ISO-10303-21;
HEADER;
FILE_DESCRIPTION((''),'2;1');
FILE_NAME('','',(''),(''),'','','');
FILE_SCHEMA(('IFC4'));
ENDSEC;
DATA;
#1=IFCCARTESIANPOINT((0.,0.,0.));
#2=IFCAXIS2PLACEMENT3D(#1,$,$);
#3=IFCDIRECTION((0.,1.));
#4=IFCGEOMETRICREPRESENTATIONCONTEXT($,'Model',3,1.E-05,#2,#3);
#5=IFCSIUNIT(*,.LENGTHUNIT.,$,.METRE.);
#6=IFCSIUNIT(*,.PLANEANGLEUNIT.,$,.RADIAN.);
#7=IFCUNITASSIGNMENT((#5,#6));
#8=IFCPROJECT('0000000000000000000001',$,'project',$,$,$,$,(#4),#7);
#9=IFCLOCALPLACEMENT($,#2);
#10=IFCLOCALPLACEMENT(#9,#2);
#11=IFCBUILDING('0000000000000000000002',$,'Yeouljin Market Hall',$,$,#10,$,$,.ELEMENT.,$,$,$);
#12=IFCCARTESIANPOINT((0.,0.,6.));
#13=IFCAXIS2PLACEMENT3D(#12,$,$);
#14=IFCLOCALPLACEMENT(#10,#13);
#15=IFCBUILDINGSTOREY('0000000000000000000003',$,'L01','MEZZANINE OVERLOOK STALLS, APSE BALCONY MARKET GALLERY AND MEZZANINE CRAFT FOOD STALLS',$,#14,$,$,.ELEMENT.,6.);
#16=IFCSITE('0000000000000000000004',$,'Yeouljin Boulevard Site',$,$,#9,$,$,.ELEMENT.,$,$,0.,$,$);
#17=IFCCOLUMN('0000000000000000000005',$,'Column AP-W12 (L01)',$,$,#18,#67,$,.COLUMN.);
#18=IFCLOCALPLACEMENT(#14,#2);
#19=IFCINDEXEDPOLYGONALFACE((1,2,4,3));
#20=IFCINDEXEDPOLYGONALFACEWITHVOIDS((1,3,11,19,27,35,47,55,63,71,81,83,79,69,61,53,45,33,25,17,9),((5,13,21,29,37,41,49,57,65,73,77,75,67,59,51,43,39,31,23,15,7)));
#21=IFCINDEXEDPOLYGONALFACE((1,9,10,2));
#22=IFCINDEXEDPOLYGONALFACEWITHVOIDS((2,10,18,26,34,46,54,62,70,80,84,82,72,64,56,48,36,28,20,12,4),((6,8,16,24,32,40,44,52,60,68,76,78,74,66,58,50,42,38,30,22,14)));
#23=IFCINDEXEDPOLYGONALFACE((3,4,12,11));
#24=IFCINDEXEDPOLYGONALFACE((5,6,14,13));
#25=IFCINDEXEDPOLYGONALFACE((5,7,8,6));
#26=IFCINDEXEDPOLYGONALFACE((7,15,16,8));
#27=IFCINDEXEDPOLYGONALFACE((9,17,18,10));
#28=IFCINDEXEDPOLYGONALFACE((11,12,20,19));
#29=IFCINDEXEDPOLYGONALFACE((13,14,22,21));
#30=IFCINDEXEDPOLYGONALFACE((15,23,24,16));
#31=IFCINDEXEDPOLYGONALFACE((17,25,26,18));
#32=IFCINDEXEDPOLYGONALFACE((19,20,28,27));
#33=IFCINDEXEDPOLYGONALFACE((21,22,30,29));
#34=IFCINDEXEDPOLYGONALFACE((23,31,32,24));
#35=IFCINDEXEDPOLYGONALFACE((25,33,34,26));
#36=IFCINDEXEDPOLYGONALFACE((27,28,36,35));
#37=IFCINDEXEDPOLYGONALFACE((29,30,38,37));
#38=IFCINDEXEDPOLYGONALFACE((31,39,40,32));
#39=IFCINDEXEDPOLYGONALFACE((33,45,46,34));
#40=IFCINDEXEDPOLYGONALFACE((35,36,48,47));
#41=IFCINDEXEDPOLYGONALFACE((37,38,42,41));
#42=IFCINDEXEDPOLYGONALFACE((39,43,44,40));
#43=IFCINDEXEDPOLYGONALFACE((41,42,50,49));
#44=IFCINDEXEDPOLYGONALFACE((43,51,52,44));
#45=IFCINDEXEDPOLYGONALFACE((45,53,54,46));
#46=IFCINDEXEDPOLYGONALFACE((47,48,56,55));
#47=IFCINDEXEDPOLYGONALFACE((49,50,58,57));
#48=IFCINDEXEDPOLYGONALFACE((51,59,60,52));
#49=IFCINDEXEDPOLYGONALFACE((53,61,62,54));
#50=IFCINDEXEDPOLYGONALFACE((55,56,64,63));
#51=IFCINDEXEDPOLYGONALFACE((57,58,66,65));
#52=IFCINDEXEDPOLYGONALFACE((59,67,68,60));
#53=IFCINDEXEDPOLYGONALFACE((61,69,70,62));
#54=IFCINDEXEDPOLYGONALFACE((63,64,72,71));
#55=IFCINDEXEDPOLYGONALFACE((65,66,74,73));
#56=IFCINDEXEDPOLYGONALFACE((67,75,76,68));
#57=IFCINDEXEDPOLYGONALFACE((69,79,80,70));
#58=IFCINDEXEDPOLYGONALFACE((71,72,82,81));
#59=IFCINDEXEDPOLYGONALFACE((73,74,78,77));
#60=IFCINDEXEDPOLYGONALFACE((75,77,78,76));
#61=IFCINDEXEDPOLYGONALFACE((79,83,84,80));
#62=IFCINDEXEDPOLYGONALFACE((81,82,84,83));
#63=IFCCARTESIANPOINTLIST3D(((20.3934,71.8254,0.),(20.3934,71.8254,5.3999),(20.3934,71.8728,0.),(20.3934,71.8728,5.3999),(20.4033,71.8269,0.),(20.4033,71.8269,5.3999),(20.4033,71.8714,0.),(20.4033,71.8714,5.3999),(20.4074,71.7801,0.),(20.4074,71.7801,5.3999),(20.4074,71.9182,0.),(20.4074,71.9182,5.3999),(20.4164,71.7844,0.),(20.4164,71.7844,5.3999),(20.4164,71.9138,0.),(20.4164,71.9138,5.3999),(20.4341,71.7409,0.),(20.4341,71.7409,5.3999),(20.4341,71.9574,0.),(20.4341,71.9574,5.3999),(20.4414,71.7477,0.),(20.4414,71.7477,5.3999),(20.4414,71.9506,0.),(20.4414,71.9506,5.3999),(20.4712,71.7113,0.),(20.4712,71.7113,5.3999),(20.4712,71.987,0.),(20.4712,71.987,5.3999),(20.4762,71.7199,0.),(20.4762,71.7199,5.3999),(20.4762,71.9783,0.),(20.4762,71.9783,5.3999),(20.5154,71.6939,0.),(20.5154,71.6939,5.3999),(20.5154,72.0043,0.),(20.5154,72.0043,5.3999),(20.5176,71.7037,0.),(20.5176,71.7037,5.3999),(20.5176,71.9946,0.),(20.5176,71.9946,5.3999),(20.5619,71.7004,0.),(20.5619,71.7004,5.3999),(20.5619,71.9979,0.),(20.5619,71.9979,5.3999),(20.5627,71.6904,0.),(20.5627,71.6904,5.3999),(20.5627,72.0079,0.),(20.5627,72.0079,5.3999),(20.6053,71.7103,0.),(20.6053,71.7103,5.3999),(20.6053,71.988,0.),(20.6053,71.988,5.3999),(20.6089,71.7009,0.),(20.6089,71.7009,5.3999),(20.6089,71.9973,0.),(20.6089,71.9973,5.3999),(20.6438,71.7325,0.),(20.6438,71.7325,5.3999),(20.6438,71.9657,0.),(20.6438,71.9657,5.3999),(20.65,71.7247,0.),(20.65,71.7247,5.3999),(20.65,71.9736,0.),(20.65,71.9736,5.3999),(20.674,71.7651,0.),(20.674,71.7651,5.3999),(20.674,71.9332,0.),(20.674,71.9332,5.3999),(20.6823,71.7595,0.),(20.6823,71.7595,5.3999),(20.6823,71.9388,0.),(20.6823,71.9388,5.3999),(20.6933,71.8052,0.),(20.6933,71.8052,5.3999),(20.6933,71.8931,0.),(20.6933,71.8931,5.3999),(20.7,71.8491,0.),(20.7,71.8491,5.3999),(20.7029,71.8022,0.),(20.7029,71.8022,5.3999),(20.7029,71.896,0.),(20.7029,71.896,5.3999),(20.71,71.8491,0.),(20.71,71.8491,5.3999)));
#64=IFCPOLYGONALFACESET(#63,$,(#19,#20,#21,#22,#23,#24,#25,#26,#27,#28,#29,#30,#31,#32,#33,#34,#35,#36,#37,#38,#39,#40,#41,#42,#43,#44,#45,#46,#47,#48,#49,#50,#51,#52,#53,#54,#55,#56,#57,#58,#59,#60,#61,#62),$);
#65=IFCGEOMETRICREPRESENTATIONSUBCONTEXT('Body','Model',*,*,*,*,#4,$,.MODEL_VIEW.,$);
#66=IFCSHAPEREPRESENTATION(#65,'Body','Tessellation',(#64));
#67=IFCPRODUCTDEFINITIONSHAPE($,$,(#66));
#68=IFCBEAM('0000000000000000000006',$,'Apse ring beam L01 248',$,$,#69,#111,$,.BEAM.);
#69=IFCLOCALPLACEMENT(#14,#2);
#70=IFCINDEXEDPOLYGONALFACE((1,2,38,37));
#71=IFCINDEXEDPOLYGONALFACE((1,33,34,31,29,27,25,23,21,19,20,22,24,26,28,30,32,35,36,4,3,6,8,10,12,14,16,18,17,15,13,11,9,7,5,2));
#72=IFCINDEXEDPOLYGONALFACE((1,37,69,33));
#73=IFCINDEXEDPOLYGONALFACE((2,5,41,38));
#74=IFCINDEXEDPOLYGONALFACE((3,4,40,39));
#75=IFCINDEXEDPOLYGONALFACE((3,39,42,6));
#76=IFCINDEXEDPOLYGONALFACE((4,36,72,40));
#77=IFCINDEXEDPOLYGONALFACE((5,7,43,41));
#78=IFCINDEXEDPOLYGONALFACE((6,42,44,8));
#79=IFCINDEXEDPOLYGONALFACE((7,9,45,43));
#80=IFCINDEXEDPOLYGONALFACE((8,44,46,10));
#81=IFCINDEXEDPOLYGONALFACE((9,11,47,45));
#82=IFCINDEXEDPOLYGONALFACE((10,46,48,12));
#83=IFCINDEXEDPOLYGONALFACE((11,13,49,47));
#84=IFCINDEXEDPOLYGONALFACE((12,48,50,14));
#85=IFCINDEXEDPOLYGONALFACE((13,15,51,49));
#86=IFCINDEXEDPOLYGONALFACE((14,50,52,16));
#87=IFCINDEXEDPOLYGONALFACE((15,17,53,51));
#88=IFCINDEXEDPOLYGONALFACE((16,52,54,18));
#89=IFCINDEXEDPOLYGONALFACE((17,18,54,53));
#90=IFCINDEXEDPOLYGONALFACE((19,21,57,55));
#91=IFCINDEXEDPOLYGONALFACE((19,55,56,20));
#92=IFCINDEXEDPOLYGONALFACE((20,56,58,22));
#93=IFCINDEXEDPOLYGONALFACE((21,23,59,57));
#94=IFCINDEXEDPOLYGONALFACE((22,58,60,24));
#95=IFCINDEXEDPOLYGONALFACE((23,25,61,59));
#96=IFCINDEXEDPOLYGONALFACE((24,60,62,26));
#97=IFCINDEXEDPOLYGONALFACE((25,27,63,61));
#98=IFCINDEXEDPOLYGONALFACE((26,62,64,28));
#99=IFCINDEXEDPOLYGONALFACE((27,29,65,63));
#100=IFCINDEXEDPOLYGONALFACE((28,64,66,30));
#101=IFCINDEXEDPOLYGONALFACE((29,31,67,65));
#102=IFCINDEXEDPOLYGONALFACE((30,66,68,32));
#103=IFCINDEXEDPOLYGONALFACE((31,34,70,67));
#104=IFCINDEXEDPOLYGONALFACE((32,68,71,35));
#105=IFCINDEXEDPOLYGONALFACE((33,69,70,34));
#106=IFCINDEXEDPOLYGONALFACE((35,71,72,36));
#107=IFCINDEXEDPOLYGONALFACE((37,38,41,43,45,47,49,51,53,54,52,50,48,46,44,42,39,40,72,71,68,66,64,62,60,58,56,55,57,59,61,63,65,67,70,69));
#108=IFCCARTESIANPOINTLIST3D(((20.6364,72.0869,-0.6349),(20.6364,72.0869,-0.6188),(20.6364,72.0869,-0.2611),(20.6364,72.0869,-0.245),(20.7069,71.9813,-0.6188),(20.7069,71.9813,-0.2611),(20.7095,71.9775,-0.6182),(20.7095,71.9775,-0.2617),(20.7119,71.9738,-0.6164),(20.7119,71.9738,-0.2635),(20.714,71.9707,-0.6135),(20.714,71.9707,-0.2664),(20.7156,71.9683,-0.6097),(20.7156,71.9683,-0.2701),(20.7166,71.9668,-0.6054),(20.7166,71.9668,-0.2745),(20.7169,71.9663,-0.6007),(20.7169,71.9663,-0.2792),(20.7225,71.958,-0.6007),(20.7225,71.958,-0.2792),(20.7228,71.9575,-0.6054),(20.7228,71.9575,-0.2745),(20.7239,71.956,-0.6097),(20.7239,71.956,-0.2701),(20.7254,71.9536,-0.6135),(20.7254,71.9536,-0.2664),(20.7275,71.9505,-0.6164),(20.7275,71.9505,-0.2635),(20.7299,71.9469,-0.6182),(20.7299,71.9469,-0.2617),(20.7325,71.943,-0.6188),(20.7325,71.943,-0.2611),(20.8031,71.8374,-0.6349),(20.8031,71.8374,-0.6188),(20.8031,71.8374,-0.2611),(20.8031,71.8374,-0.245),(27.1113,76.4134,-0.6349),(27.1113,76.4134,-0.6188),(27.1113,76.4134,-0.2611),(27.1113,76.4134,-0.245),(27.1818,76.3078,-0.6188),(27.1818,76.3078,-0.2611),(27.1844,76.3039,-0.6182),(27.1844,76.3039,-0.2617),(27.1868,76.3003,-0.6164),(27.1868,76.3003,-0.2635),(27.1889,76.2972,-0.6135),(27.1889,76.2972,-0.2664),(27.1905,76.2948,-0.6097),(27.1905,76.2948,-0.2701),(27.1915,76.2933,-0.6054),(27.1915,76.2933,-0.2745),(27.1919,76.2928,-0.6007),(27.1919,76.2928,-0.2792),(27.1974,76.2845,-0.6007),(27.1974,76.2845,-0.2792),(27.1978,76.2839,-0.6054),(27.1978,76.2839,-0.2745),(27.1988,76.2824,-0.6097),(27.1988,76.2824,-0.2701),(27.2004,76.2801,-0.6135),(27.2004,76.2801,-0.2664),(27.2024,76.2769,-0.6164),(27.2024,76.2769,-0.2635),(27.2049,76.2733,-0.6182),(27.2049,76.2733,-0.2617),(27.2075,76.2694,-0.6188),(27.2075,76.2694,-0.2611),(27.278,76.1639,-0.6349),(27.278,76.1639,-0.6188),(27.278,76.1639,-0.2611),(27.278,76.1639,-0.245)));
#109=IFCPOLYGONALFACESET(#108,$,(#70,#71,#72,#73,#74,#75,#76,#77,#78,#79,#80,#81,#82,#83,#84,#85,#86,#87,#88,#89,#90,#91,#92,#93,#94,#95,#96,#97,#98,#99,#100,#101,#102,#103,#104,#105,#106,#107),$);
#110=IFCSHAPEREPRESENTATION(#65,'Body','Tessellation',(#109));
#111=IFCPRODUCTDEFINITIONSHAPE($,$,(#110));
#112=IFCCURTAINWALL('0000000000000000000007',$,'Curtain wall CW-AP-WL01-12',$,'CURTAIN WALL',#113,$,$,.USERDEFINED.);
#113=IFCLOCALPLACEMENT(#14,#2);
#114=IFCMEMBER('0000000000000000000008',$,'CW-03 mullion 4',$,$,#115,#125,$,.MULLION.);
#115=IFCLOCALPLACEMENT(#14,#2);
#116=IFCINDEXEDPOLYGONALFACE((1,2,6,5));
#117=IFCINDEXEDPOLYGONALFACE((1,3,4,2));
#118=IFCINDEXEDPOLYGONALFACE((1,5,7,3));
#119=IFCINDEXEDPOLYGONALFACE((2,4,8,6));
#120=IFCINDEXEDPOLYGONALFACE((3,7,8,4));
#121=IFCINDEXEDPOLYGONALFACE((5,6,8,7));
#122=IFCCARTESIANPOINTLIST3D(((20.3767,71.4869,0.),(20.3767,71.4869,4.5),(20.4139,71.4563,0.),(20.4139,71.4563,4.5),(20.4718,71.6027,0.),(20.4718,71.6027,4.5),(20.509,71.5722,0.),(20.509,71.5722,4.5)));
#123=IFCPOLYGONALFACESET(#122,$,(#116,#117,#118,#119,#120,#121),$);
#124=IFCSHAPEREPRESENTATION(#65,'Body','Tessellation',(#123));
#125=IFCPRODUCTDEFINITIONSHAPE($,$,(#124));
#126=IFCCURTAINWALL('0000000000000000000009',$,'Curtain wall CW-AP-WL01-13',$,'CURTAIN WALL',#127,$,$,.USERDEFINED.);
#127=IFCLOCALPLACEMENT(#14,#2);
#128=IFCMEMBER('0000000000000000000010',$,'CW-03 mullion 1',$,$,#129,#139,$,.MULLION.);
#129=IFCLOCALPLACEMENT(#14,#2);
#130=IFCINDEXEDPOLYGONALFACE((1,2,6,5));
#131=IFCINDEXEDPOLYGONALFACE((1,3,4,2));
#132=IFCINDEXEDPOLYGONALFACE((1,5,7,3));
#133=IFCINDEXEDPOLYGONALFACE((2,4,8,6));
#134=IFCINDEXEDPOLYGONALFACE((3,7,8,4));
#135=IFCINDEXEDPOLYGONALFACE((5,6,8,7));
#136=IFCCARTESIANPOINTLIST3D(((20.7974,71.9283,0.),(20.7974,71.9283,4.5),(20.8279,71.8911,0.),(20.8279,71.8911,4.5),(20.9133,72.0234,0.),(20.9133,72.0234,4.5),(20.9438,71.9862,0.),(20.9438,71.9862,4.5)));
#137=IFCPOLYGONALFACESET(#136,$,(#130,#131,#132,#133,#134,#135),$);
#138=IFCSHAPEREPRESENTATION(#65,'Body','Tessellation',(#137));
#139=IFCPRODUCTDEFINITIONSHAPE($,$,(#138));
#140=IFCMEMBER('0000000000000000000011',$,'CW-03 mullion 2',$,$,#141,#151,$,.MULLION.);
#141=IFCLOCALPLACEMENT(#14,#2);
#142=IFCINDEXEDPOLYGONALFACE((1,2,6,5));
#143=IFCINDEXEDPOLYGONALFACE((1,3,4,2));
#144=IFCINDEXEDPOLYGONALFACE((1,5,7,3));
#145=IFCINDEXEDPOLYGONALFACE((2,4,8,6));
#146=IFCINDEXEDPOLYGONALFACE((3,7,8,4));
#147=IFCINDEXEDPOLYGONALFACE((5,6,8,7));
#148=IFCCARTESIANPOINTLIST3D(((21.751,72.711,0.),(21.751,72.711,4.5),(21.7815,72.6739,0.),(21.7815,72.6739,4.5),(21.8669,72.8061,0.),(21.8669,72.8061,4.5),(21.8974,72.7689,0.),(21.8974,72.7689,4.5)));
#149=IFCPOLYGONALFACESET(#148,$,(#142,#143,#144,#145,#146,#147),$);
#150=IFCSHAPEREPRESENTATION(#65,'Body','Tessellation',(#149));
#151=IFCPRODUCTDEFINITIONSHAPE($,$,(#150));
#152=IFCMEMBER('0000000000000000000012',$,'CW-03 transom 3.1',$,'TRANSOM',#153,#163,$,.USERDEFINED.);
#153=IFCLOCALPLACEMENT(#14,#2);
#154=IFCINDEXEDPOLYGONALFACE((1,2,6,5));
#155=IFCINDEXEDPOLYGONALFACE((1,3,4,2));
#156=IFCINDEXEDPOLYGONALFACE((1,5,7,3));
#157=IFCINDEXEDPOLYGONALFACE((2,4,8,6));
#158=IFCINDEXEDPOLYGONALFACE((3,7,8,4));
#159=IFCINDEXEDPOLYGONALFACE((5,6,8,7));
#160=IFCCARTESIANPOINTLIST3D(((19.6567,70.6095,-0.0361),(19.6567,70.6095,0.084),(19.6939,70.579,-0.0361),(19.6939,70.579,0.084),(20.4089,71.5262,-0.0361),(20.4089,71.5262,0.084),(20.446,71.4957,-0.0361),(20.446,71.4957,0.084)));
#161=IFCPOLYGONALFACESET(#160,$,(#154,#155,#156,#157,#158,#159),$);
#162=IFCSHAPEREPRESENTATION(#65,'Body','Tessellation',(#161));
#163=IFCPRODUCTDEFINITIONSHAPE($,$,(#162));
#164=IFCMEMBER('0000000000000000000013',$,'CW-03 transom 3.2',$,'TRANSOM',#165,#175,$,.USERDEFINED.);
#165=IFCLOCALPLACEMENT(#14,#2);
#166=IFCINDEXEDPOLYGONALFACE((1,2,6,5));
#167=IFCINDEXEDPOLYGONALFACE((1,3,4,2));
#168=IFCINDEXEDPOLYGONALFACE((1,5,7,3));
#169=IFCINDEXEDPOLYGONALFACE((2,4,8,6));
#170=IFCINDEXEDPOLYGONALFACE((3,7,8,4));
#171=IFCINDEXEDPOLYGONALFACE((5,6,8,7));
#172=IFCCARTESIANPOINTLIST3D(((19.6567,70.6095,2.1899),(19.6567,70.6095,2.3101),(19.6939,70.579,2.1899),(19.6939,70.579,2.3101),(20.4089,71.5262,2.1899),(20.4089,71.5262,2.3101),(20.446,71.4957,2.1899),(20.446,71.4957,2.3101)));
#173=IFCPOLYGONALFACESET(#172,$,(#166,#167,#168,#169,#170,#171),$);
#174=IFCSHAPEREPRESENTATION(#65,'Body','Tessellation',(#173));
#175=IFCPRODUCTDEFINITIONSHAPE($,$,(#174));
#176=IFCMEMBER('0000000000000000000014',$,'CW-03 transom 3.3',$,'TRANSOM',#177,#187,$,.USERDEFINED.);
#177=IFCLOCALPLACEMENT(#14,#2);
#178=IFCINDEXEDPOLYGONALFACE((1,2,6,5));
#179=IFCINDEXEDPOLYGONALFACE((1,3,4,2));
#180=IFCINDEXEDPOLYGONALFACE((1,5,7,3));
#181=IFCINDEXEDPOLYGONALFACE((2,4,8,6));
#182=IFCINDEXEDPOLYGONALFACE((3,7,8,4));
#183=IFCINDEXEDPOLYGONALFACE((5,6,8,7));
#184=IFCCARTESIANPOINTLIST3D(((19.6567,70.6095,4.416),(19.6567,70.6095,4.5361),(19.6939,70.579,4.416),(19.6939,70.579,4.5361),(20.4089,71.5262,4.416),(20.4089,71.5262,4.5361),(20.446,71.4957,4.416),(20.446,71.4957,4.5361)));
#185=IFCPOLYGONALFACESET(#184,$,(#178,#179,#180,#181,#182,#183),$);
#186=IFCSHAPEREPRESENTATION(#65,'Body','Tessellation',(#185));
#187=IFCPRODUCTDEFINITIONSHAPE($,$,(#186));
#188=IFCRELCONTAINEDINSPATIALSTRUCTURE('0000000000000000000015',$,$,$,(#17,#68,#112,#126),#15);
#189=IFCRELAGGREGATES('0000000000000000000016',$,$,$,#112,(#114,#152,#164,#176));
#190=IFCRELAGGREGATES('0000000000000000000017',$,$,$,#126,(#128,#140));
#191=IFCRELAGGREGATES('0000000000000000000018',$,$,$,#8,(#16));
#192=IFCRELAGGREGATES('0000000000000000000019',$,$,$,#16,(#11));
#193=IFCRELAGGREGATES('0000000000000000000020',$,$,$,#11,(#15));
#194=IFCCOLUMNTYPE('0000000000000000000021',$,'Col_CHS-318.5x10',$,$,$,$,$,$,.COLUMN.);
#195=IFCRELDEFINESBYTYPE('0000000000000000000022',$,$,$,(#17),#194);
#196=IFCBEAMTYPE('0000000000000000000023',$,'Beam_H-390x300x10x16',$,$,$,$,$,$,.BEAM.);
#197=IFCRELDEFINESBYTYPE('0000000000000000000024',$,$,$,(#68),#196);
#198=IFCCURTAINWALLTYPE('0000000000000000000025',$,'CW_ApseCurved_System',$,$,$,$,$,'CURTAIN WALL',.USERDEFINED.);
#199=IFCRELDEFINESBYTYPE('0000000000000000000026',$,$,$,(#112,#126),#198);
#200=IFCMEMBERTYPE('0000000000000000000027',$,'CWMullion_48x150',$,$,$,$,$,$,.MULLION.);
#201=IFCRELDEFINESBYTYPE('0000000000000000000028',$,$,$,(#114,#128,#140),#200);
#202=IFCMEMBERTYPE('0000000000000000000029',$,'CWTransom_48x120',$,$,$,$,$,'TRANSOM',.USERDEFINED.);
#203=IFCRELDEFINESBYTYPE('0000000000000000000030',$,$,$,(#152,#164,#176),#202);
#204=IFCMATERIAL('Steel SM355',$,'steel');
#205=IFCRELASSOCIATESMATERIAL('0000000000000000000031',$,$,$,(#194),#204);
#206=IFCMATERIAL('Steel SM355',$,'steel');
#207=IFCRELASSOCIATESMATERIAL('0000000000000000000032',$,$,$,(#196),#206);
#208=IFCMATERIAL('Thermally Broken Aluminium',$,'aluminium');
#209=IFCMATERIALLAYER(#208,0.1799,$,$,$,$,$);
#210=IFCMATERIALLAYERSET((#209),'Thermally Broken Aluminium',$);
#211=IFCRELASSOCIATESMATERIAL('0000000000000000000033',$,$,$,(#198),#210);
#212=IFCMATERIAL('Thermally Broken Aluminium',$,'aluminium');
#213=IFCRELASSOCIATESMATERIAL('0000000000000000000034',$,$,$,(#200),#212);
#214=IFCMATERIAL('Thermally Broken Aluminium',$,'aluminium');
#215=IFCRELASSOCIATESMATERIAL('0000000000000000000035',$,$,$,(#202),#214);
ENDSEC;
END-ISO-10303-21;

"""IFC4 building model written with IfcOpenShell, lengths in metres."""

from ifc_helpers import new_model, si_unit, direction, frame, origin, origin_2d, place, context, subcontext, project, spatial, rectangle, hollow_circle, i_section, extrude, material, layer, layer_set, material_profile, profile_set, type_object, element, aggregate, save


model = new_model("IFC4")

# Units and contexts
model_context = context("Model", 3, precision=1e-05, world=origin(), true_north=direction((0.0, 1.0)))
body_context = subcontext(model_context, "Body", "Model", "MODEL_VIEW")
ifc_project = project(units=[si_unit("LENGTHUNIT", "METRE"), si_unit("PLANEANGLEUNIT", "RADIAN")], contexts=[model_context])

# Site, building, storey
site_placement = place(None, origin())
site = spatial("IfcSite", under=ifc_project, at=site_placement, Name="Yeouljin Boulevard Site", CompositionType="ELEMENT", RefElevation=0.0)
building_placement = place(site_placement, origin())
building = spatial("IfcBuilding", under=site, at=building_placement, Name="Yeouljin Market Hall", CompositionType="ELEMENT")
storey_placement = place(building_placement, frame((0.0, 0.0, 6.0)))
storey = spatial("IfcBuildingStorey", under=building, at=storey_placement, Name="L01", Description="MEZZANINE OVERLOOK STALLS, APSE BALCONY MARKET GALLERY AND MEZZANINE CRAFT FOOD STALLS", CompositionType="ELEMENT", Elevation=6.0)

# Column
ifc_material_1 = material(Name="Steel SM355", Category="steel")
ifc_material_profile_1 = material_profile(ifc_material_1, hollow_circle(Radius=0.1592, WallThickness=0.01, at=origin_2d()), Name="CHS-318.5x10")
ifc_profile_set_1 = profile_set([ifc_material_profile_1], Name="Steel SM355")
column_type = type_object("IfcColumnType", Name="Col_CHS-318.5x10", PredefinedType="COLUMN", material=ifc_profile_set_1)
column_placement = place(storey_placement, frame((20.5508, 71.8491, 0.0), z_axis=(0.0, 0.0, 1.0), x_axis=(1.0, 0.0, 0.0)))
element("IfcColumn", 1, at=column_placement, inside=storey, type_object=column_type, Name="Column AP-W12 (L01)", PredefinedType="COLUMN", context=body_context, shape_type="SweptSolid", body=[
    extrude(hollow_circle(Radius=0.1592, WallThickness=0.01, at=origin_2d()), origin(), (0.0, 0.0, 1.0), 5.3999),
])

# Beam
ifc_material_2 = material(Name="Steel SM355", Category="steel")
ifc_material_profile_2 = material_profile(ifc_material_2, i_section(OverallWidth=0.3, OverallDepth=0.3899, WebThickness=0.01, FlangeThickness=0.0161, FilletRadius=0.0181, at=origin_2d()), Name="H-390x300x10x16")
ifc_profile_set_2 = profile_set([ifc_material_profile_2], Name="Steel SM355")
beam_type_1 = type_object("IfcBeamType", Name="Beam_H-390x300x10x16", PredefinedType="BEAM", material=ifc_profile_set_2)
beam_1_placement = place(storey_placement, frame((20.7197, 71.9622, -0.4399), z_axis=(0.831466, 0.555575, 0.0), x_axis=(-0.555575, 0.831466, 0.0)))
element("IfcBeam", 2, at=beam_1_placement, inside=storey, type_object=beam_type_1, Name="Apse ring beam L01 248", PredefinedType="BEAM", context=body_context, shape_type="SweptSolid", body=[
    extrude(i_section(OverallWidth=0.3, OverallDepth=0.3899, WebThickness=0.01, FlangeThickness=0.0161, FilletRadius=0.0181, at=origin_2d()), origin(), (0.0, 0.0, 1.0), 7.7874),
])

# Curtain wall, member
ifc_material_3 = material(Name="Thermally Broken Aluminium", Category="aluminium")
ifc_layer_1 = layer(ifc_material_3, 0.1799)
ifc_layer_set_1 = layer_set([ifc_layer_1], Name="Thermally Broken Aluminium")
curtain_wall_type = type_object("IfcCurtainWallType", Name="CW_ApseCurved_System", ElementType="CURTAIN WALL", PredefinedType="USERDEFINED", material=ifc_layer_set_1)
curtain_wall_1_placement = place(storey_placement, origin())
curtain_wall_1 = element("IfcCurtainWall", 3, at=curtain_wall_1_placement, inside=storey, type_object=curtain_wall_type, Name="Curtain wall CW-AP-WL01-12", ObjectType="CURTAIN WALL", PredefinedType="USERDEFINED")
ifc_material_4 = material(Name="Thermally Broken Aluminium", Category="aluminium")
ifc_material_profile_3 = material_profile(ifc_material_4, rectangle(XDim=0.0481, YDim=0.1499, at=origin_2d()), Name="CW-MULL-48x150")
ifc_profile_set_3 = profile_set([ifc_material_profile_3], Name="Thermally Broken Aluminium")
member_type_1 = type_object("IfcMemberType", Name="CWMullion_48x150", PredefinedType="MULLION", material=ifc_profile_set_3)
member_1_placement = place(storey_placement, frame((20.4429, 71.5295, 0.0), z_axis=(0.0, 0.0, 1.0), x_axis=(-0.773018, 0.634384, 0.0)))
member_1 = element("IfcMember", 4, at=member_1_placement, type_object=member_type_1, Name="CW-03 mullion 4", PredefinedType="MULLION", context=body_context, shape_type="SweptSolid", body=[
    extrude(rectangle(XDim=0.0481, YDim=0.1499, at=origin_2d()), origin(), (0.0, 0.0, 1.0), 4.5),
])

# Curtain wall, members
curtain_wall_2_placement = place(storey_placement, origin())
curtain_wall_2 = element("IfcCurtainWall", 5, at=curtain_wall_2_placement, inside=storey, type_object=curtain_wall_type, Name="Curtain wall CW-AP-WL01-13", ObjectType="CURTAIN WALL", PredefinedType="USERDEFINED")
member_2_placement = place(storey_placement, frame((20.8706, 71.9573, 0.0), z_axis=(0.0, 0.0, 1.0), x_axis=(-0.634384, 0.773018, 0.0)))
member_2 = element("IfcMember", 6, at=member_2_placement, type_object=member_type_1, Name="CW-03 mullion 1", PredefinedType="MULLION", context=body_context, shape_type="SweptSolid", body=[
    extrude(rectangle(XDim=0.0481, YDim=0.1499, at=origin_2d()), origin(), (0.0, 0.0, 1.0), 4.5),
])
member_3_placement = place(storey_placement, frame((21.8242, 72.74, 0.0), z_axis=(0.0, 0.0, 1.0), x_axis=(-0.634384, 0.773018, 0.0)))
member_3 = element("IfcMember", 7, at=member_3_placement, type_object=member_type_1, Name="CW-03 mullion 2", PredefinedType="MULLION", context=body_context, shape_type="SweptSolid", body=[
    extrude(rectangle(XDim=0.0481, YDim=0.1499, at=origin_2d()), origin(), (0.0, 0.0, 1.0), 4.5),
])

# Members
ifc_material_5 = material(Name="Thermally Broken Aluminium", Category="aluminium")
ifc_material_profile_4 = material_profile(ifc_material_5, rectangle(XDim=0.0481, YDim=0.1201, at=origin_2d()), Name="CW-TRAN-48x120")
ifc_profile_set_4 = profile_set([ifc_material_profile_4], Name="Thermally Broken Aluminium")
member_type_2 = type_object("IfcMemberType", Name="CWTransom_48x120", ElementType="TRANSOM", PredefinedType="USERDEFINED", material=ifc_profile_set_4)
member_4_placement = place(storey_placement, frame((19.6753, 70.5942, 0.0239), z_axis=(0.634313, 0.773076, 0.0), x_axis=(-0.773076, 0.634313, 0.0)))
member_4 = element("IfcMember", 8, at=member_4_placement, type_object=member_type_2, Name="CW-03 transom 3.1", ObjectType="TRANSOM", PredefinedType="USERDEFINED", context=body_context, shape_type="SweptSolid", body=[
    extrude(rectangle(XDim=0.0481, YDim=0.1201, at=origin_2d()), origin(), (0.0, 0.0, 1.0), 1.1858),
])
member_5_placement = place(storey_placement, frame((19.6753, 70.5942, 2.25), z_axis=(0.634313, 0.773076, 0.0), x_axis=(-0.773076, 0.634313, 0.0)))
member_5 = element("IfcMember", 9, at=member_5_placement, type_object=member_type_2, Name="CW-03 transom 3.2", ObjectType="TRANSOM", PredefinedType="USERDEFINED", context=body_context, shape_type="SweptSolid", body=[
    extrude(rectangle(XDim=0.0481, YDim=0.1201, at=origin_2d()), origin(), (0.0, 0.0, 1.0), 1.1858),
])
member_6_placement = place(storey_placement, frame((19.6753, 70.5942, 4.4761), z_axis=(0.634313, 0.773076, 0.0), x_axis=(-0.773076, 0.634313, 0.0)))
member_6 = element("IfcMember", 10, at=member_6_placement, type_object=member_type_2, Name="CW-03 transom 3.3", ObjectType="TRANSOM", PredefinedType="USERDEFINED", context=body_context, shape_type="SweptSolid", body=[
    extrude(rectangle(XDim=0.0481, YDim=0.1201, at=origin_2d()), origin(), (0.0, 0.0, 1.0), 1.1858),
])

aggregate(curtain_wall_1, [member_1, member_4, member_5, member_6])
aggregate(curtain_wall_2, [member_2, member_3])

save(model, "model.ifc")
